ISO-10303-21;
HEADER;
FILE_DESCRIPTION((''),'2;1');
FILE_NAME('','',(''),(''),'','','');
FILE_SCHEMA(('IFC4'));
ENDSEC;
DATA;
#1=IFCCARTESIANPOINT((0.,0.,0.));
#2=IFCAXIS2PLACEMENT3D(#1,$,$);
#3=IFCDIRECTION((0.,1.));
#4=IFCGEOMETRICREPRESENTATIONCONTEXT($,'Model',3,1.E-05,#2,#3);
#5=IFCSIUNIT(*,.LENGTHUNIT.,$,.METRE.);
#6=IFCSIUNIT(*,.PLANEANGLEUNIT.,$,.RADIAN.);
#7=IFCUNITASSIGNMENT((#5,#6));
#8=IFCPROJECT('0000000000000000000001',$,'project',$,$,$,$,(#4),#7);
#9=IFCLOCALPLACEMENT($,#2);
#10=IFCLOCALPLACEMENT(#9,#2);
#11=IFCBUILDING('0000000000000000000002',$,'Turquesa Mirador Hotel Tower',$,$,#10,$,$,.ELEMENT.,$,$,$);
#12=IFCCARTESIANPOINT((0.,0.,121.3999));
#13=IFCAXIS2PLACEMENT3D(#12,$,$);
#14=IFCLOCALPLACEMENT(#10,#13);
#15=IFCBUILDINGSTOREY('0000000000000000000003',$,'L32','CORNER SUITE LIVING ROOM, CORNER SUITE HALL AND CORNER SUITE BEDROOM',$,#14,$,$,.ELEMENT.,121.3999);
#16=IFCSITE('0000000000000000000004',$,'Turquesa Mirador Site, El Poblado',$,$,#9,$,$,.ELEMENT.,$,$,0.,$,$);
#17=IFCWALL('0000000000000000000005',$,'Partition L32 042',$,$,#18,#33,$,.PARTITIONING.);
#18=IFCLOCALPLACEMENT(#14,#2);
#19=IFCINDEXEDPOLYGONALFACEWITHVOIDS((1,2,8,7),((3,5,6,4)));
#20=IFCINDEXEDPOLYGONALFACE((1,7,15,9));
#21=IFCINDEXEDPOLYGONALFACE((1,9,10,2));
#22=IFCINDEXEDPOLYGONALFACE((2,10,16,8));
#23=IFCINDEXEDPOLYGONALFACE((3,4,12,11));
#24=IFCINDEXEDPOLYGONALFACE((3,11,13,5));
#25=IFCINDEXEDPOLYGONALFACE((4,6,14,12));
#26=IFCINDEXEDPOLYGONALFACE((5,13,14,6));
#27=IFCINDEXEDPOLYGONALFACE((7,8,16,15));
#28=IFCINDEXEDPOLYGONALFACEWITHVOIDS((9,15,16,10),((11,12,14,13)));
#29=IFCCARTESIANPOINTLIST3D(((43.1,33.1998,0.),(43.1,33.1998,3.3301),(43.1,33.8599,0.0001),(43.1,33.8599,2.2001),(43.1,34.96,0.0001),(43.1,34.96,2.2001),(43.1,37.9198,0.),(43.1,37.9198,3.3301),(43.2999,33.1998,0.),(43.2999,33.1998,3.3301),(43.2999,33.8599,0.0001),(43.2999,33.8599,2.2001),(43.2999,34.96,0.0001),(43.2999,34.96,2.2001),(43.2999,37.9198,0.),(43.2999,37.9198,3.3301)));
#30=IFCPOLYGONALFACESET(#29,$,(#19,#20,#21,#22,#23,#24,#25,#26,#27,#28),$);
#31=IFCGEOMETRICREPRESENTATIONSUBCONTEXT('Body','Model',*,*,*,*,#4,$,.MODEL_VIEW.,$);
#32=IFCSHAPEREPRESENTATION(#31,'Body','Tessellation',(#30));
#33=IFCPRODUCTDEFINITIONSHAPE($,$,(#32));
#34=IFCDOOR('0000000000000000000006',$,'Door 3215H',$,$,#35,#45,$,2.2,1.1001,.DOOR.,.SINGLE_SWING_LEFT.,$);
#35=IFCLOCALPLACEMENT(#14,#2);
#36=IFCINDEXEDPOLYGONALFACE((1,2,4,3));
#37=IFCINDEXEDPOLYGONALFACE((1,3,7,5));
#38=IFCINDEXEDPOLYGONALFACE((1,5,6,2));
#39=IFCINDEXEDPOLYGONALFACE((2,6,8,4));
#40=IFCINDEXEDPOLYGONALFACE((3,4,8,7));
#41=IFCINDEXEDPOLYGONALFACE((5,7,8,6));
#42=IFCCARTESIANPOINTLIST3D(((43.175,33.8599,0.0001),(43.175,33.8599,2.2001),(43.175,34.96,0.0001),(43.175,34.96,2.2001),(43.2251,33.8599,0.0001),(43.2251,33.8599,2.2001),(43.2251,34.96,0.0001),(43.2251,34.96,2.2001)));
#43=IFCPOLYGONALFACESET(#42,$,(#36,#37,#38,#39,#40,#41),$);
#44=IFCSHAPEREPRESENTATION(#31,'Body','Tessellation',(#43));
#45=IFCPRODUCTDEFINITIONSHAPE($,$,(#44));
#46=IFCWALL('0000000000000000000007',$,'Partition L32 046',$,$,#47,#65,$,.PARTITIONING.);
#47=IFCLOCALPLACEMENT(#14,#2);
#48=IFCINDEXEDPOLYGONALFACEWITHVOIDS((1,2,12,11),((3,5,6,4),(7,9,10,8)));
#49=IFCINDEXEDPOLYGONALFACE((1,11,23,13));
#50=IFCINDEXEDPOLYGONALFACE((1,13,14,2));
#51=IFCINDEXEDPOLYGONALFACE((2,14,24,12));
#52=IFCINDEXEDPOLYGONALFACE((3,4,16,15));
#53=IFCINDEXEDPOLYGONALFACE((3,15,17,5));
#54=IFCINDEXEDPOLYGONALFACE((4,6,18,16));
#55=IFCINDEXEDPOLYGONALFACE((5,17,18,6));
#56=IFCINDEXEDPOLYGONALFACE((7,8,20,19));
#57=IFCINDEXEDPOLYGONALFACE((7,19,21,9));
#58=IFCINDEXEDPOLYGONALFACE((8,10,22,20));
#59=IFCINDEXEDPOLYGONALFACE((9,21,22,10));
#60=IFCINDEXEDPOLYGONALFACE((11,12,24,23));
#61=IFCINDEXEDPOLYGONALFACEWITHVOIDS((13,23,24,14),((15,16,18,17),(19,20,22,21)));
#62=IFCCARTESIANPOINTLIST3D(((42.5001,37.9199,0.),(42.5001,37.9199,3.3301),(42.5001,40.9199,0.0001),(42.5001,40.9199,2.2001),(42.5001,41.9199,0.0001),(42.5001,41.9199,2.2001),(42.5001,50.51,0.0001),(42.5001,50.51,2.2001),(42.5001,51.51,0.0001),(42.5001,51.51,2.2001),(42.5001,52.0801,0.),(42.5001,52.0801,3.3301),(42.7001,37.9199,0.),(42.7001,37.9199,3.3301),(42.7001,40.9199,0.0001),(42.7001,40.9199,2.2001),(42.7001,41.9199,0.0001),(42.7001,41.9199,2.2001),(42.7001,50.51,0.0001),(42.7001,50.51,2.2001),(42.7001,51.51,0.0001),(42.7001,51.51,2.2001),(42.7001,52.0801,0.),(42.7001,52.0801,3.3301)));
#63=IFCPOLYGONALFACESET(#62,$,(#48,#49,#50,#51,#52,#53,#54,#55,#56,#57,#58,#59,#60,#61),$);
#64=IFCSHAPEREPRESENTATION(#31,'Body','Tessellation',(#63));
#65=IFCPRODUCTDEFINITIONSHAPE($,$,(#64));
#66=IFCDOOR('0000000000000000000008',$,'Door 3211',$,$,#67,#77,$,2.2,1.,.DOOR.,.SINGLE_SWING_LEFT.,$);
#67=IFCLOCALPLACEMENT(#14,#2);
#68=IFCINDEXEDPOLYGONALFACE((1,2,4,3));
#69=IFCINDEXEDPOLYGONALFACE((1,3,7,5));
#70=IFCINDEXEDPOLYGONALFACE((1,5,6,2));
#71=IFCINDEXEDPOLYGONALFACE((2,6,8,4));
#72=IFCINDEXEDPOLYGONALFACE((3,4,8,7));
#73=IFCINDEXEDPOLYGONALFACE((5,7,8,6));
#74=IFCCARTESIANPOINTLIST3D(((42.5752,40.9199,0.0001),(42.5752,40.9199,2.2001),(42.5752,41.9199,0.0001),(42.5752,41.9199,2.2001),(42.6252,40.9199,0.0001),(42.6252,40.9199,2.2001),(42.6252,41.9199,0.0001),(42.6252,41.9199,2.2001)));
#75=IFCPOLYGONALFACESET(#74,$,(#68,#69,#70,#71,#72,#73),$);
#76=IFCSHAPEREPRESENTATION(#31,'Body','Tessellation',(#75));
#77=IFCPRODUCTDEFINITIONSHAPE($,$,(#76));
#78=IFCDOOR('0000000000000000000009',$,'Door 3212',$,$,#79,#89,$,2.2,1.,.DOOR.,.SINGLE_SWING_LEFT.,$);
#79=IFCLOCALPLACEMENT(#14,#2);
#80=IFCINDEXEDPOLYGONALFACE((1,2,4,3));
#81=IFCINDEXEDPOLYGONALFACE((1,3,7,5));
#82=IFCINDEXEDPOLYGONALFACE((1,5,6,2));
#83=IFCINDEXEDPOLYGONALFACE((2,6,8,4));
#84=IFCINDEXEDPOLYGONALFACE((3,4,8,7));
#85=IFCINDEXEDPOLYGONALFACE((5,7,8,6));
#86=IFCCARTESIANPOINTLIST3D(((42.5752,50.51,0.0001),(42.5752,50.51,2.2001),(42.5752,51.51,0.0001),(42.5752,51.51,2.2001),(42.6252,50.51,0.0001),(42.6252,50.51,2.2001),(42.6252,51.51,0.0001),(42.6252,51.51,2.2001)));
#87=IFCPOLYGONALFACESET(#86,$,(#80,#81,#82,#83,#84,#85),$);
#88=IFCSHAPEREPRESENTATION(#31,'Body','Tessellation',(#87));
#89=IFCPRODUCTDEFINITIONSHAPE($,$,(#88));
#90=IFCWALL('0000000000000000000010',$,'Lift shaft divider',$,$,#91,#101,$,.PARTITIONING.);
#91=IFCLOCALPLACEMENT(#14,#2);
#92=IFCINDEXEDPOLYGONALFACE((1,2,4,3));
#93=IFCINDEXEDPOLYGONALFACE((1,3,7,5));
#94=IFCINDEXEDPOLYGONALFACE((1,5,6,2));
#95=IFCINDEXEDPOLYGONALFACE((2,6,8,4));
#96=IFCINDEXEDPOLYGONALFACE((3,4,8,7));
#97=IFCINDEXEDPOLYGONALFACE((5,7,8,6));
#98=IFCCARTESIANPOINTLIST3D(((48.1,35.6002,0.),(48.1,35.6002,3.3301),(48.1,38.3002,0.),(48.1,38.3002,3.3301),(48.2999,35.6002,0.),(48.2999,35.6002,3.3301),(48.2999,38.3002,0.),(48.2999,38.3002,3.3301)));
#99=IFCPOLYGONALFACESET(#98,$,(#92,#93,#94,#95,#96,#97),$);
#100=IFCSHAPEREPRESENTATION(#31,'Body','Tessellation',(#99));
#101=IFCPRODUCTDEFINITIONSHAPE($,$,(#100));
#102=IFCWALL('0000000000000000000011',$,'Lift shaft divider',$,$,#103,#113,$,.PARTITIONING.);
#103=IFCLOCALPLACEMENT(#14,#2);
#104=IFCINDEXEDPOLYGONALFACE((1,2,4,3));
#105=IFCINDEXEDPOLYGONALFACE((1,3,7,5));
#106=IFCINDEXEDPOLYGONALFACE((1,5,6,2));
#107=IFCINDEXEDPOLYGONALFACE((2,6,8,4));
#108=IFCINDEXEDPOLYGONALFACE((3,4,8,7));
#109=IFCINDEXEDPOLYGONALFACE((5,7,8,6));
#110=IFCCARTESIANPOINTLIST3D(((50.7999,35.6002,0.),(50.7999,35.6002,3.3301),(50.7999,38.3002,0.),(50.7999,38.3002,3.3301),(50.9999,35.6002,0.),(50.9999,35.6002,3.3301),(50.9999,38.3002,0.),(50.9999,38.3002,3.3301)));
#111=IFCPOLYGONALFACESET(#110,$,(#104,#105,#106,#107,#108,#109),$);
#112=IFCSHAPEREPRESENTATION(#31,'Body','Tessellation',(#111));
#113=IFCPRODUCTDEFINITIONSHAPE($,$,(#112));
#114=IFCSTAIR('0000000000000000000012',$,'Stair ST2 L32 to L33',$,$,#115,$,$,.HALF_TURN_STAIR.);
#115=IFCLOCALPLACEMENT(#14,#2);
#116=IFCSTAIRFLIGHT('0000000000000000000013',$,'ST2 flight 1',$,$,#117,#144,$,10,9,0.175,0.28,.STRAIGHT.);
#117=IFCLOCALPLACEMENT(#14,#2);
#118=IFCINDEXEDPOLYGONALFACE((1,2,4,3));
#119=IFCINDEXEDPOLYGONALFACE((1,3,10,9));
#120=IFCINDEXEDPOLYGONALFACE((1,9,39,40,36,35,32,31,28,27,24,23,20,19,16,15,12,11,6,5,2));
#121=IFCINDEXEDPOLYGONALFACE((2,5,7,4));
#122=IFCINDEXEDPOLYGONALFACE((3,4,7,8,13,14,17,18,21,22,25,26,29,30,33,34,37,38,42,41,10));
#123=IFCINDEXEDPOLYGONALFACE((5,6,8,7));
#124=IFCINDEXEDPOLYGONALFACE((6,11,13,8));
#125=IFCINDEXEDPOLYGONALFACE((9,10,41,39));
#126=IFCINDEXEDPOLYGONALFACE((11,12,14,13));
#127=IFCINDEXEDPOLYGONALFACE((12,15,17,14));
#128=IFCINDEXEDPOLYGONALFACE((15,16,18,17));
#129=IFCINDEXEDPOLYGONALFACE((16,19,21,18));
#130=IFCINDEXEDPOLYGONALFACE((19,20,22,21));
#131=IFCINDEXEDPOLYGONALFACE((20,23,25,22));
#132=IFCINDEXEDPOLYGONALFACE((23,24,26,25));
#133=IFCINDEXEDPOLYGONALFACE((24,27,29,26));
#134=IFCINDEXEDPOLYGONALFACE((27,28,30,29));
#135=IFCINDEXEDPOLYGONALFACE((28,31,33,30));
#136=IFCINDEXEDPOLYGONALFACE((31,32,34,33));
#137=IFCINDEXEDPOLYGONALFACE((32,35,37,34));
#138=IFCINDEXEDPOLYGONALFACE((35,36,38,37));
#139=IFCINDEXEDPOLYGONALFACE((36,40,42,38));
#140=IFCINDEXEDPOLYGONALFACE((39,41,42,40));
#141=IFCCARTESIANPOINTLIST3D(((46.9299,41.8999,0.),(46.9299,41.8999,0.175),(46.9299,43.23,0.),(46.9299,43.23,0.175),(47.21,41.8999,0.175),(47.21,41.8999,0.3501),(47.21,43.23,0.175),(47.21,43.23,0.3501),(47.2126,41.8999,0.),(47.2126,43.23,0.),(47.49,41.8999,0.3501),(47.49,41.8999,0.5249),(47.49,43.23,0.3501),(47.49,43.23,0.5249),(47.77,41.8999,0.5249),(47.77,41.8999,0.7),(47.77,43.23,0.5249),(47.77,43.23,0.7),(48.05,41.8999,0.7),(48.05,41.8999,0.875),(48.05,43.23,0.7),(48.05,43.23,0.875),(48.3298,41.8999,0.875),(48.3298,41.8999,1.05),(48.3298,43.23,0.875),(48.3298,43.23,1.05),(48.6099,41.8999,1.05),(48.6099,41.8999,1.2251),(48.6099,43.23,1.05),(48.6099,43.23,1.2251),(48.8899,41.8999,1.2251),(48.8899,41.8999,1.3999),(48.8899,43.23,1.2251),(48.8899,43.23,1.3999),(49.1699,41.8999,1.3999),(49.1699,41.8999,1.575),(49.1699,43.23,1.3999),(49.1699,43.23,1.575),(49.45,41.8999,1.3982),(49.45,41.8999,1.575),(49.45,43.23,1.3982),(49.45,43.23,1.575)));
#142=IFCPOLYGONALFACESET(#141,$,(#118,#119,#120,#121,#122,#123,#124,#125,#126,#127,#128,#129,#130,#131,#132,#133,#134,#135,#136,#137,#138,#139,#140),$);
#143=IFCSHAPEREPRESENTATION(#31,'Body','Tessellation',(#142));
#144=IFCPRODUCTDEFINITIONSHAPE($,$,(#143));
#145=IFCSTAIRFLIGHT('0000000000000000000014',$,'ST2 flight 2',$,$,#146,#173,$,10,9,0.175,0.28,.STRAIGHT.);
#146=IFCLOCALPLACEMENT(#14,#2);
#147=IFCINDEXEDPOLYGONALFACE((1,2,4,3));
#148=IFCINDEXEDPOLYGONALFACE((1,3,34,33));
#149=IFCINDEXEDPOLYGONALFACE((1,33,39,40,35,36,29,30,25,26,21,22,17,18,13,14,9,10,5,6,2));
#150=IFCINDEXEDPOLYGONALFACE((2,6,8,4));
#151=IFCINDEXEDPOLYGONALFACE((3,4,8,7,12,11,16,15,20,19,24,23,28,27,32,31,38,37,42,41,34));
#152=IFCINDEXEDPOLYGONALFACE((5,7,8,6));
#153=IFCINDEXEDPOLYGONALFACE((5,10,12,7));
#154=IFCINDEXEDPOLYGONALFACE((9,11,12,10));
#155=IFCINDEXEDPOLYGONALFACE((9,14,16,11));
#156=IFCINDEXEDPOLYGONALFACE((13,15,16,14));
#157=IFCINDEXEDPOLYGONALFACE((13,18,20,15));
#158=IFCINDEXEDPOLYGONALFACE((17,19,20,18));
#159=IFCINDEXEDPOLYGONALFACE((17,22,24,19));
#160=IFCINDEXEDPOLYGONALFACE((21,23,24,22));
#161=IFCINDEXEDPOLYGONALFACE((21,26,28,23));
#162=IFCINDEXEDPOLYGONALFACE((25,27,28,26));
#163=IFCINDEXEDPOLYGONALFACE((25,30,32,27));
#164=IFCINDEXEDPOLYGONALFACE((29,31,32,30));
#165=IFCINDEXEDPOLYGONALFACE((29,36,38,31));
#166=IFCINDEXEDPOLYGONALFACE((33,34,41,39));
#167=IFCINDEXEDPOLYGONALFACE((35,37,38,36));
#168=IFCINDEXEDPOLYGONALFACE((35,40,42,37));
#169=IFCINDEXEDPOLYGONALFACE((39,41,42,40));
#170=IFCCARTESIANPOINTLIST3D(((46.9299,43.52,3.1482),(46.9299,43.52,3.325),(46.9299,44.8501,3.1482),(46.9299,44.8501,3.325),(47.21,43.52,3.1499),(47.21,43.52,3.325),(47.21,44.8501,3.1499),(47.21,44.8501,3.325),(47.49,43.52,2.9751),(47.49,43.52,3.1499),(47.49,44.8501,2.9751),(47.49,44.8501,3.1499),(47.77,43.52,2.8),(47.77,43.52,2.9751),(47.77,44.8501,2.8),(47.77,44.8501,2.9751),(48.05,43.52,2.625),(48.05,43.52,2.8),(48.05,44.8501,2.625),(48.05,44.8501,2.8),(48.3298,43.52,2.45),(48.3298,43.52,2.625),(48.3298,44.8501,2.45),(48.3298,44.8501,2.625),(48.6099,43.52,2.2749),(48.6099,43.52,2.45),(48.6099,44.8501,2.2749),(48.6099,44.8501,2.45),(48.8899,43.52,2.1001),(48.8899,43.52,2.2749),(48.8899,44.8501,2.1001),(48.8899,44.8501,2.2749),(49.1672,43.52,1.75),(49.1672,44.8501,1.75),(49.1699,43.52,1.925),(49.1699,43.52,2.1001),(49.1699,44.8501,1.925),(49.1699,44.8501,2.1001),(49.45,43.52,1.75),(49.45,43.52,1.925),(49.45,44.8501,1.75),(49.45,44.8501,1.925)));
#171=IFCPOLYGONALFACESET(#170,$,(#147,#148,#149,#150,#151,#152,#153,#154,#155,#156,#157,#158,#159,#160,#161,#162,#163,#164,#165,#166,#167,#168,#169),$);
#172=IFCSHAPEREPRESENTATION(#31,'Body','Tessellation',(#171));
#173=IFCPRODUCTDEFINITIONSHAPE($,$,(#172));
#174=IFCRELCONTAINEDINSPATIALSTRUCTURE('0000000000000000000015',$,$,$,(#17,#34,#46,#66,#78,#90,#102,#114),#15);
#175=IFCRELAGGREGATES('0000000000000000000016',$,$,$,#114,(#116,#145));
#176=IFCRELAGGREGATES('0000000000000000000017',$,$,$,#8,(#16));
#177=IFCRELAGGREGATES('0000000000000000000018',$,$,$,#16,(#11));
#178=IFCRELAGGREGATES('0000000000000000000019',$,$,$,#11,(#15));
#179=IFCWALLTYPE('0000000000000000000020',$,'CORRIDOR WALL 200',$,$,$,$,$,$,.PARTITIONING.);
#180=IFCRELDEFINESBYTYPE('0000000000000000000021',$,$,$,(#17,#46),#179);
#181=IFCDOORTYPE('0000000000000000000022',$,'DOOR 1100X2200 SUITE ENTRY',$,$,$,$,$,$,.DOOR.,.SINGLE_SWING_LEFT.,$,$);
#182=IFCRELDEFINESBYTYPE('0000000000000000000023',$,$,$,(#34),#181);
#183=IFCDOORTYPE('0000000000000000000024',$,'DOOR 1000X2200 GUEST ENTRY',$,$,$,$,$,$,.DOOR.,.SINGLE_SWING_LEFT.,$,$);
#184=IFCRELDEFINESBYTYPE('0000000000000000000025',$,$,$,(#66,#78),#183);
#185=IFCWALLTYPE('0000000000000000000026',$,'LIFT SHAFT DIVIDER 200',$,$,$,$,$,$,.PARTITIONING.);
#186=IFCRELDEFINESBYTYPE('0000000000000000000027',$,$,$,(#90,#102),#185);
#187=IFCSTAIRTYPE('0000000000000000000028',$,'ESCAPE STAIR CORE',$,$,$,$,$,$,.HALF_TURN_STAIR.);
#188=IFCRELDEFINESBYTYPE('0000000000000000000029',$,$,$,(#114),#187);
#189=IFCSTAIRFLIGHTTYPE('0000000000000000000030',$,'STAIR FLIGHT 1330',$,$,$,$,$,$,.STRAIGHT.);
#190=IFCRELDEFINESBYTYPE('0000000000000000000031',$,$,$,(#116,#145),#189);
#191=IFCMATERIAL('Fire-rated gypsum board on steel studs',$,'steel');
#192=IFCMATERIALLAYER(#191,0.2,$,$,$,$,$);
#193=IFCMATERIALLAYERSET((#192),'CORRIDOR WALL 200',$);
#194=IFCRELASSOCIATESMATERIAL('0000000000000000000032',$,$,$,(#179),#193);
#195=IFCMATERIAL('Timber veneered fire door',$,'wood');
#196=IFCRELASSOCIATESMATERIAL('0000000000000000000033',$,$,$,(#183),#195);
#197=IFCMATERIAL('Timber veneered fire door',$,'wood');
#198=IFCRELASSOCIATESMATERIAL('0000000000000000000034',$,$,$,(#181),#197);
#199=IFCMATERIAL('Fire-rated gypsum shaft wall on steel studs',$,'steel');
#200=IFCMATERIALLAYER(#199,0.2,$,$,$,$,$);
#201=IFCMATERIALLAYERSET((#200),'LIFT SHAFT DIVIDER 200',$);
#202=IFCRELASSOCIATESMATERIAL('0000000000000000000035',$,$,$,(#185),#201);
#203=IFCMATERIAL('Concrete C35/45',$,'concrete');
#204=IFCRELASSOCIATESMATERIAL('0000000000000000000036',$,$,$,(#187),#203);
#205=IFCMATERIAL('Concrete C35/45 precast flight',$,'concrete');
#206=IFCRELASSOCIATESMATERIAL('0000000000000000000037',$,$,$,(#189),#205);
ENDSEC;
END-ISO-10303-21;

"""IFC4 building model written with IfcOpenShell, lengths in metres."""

from ifc_helpers import new_model, si_unit, direction, frame, frame_2d, origin, place, context, subcontext, project, spatial, polyline, rectangle, outline, extrude, material, layer, layer_set, type_object, element, fill, aggregate, save


model = new_model("IFC4")

# Units and contexts
model_context = context("Model", 3, precision=1e-05, world=origin(), true_north=direction((0.0, 1.0)))
body_context = subcontext(model_context, "Body", "Model", "MODEL_VIEW")
ifc_project = project(units=[si_unit("LENGTHUNIT", "METRE"), si_unit("PLANEANGLEUNIT", "RADIAN")], contexts=[model_context])

# Site, building, storey
site_placement = place(None, origin())
site = spatial("IfcSite", under=ifc_project, at=site_placement, Name="Turquesa Mirador Site, El Poblado", CompositionType="ELEMENT", RefElevation=0.0)
building_placement = place(site_placement, origin())
building = spatial("IfcBuilding", under=site, at=building_placement, Name="Turquesa Mirador Hotel Tower", CompositionType="ELEMENT")
storey_placement = place(building_placement, frame((0.0, 0.0, 121.3999)))
storey = spatial("IfcBuildingStorey", under=building, at=storey_placement, Name="L32", Description="CORNER SUITE LIVING ROOM, CORNER SUITE HALL AND CORNER SUITE BEDROOM", CompositionType="ELEMENT", Elevation=121.3999)

# Shared definitions
ifc_material_1 = material(Name="Fire-rated gypsum board on steel studs", Category="steel")
ifc_layer_1 = layer(ifc_material_1, 0.2)
ifc_layer_set_1 = layer_set([ifc_layer_1], Name="CORRIDOR WALL 200")
wall_type_1 = type_object("IfcWallType", Name="CORRIDOR WALL 200", PredefinedType="PARTITIONING", material=ifc_layer_set_1)
ifc_material_2 = material(Name="Timber veneered fire door", Category="wood")
door_type_1 = type_object("IfcDoorType", Name="DOOR 1000X2200 GUEST ENTRY", OperationType="SINGLE_SWING_LEFT", PredefinedType="DOOR", material=ifc_material_2)
ifc_material_3 = material(Name="Timber veneered fire door", Category="wood")
door_type_2 = type_object("IfcDoorType", Name="DOOR 1100X2200 SUITE ENTRY", OperationType="SINGLE_SWING_LEFT", PredefinedType="DOOR", material=ifc_material_3)

# Wall, opening, door
wall_1_placement = place(storey_placement, frame((43.2, 33.2, 0.0), z_axis=(0.0, 0.0, 1.0), x_axis=(0.0, 1.0, 0.0)))
wall_1 = element("IfcWall", 1, at=wall_1_placement, inside=storey, type_object=wall_type_1, Name="Partition L32 042", PredefinedType="PARTITIONING", context=body_context, shape_type="SweptSolid", body=[
    extrude(rectangle(XDim=4.72, YDim=0.2, at=frame_2d((2.3599, 0.0))), origin(), (0.0, 0.0, 1.0), 3.3301),
])
opening_1_placement = place(wall_1_placement, frame((0.6599, 0.0, 0.0)))
opening_1 = element("IfcOpeningElement", 2, at=opening_1_placement, cuts=wall_1, PredefinedType="OPENING", context=body_context, shape_type="SweptSolid", body=[
    extrude(rectangle(XDim=1.1001, YDim=2.2, at=frame_2d((0.55, 1.1001))), frame((0.0, 0.1099, 0.0), z_axis=(0.0, -1.0, 0.0), x_axis=(1.0, 0.0, 0.0)), (0.0, 0.0, 1.0), 0.22),
])
door_1_placement = place(opening_1_placement, origin())
door_1 = element("IfcDoor", 3, at=door_1_placement, inside=storey, type_object=door_type_2, Name="Door 3215H", OperationType="SINGLE_SWING_LEFT", OverallHeight=2.2, OverallWidth=1.1001, PredefinedType="DOOR", context=body_context, shape_type="SweptSolid", body=[
    extrude(rectangle(XDim=1.1001, YDim=2.2, at=frame_2d((0.55, 1.1001))), frame((0.0, 0.0249, 0.0), z_axis=(0.0, -1.0, 0.0), x_axis=(1.0, 0.0, 0.0)), (0.0, 0.0, 1.0), 0.05),
])
fill(opening_1, door_1)

# Wall, openings, doors
wall_2_placement = place(storey_placement, frame((42.6001, 37.9199, 0.0), z_axis=(0.0, 0.0, 1.0), x_axis=(0.0, 1.0, 0.0)))
wall_2 = element("IfcWall", 4, at=wall_2_placement, inside=storey, type_object=wall_type_1, Name="Partition L32 046", PredefinedType="PARTITIONING", context=body_context, shape_type="SweptSolid", body=[
    extrude(rectangle(XDim=14.1602, YDim=0.2, at=frame_2d((7.0801, 0.0))), origin(), (0.0, 0.0, 1.0), 3.3301),
])
opening_2_placement = place(wall_2_placement, frame((3.0, 0.0, 0.0)))
opening_2 = element("IfcOpeningElement", 5, at=opening_2_placement, cuts=wall_2, PredefinedType="OPENING", context=body_context, shape_type="SweptSolid", body=[
    extrude(rectangle(XDim=1.0, YDim=2.2, at=frame_2d((0.5, 1.1001))), frame((0.0, 0.1099, 0.0), z_axis=(0.0, -1.0, 0.0), x_axis=(1.0, 0.0, 0.0)), (0.0, 0.0, 1.0), 0.22),
])
opening_3_placement = place(wall_2_placement, frame((12.5901, 0.0, 0.0)))
opening_3 = element("IfcOpeningElement", 6, at=opening_3_placement, cuts=wall_2, PredefinedType="OPENING", context=body_context, shape_type="SweptSolid", body=[
    extrude(rectangle(XDim=1.0, YDim=2.2, at=frame_2d((0.5, 1.1001))), frame((0.0, 0.1099, 0.0), z_axis=(0.0, -1.0, 0.0), x_axis=(1.0, 0.0, 0.0)), (0.0, 0.0, 1.0), 0.22),
])
door_2_placement = place(opening_2_placement, origin())
door_2 = element("IfcDoor", 7, at=door_2_placement, inside=storey, type_object=door_type_1, Name="Door 3211", OperationType="SINGLE_SWING_LEFT", OverallHeight=2.2, OverallWidth=1.0, PredefinedType="DOOR", context=body_context, shape_type="SweptSolid", body=[
    extrude(rectangle(XDim=1.0, YDim=2.2, at=frame_2d((0.5, 1.1001))), frame((0.0, 0.0249, 0.0), z_axis=(0.0, -1.0, 0.0), x_axis=(1.0, 0.0, 0.0)), (0.0, 0.0, 1.0), 0.05),
])
fill(opening_2, door_2)
door_3_placement = place(opening_3_placement, origin())
door_3 = element("IfcDoor", 8, at=door_3_placement, inside=storey, type_object=door_type_1, Name="Door 3212", OperationType="SINGLE_SWING_LEFT", OverallHeight=2.2, OverallWidth=1.0, PredefinedType="DOOR", context=body_context, shape_type="SweptSolid", body=[
    extrude(rectangle(XDim=1.0, YDim=2.2, at=frame_2d((0.5, 1.1001))), frame((0.0, 0.0249, 0.0), z_axis=(0.0, -1.0, 0.0), x_axis=(1.0, 0.0, 0.0)), (0.0, 0.0, 1.0), 0.05),
])
fill(opening_3, door_3)

# Walls
ifc_material_4 = material(Name="Fire-rated gypsum shaft wall on steel studs", Category="steel")
ifc_layer_2 = layer(ifc_material_4, 0.2)
ifc_layer_set_2 = layer_set([ifc_layer_2], Name="LIFT SHAFT DIVIDER 200")
wall_type_2 = type_object("IfcWallType", Name="LIFT SHAFT DIVIDER 200", PredefinedType="PARTITIONING", material=ifc_layer_set_2)
for number, where, z_axis, x_axis, name in (
    (9, (48.2, 35.6001, 0.0), (0.0, 0.0, 1.0), (0.0, 1.0, 0.0), "Lift shaft divider"),
    (10, (50.8999, 35.6001, 0.0), (0.0, 0.0, 1.0), (0.0, 1.0, 0.0), "Lift shaft divider"),
):
    element("IfcWall", number, at=place(storey_placement, frame(where, z_axis=z_axis, x_axis=x_axis)), inside=storey, type_object=wall_type_2, Name=name, PredefinedType="PARTITIONING", context=body_context, shape_type="SweptSolid", body=[
        extrude(rectangle(XDim=2.7, YDim=0.2, at=frame_2d((1.3501, 0.0))), origin(), (0.0, 0.0, 1.0), 3.3301),
    ])

# Stair, stair flights
ifc_material_5 = material(Name="Concrete C35/45", Category="concrete")
stair_type = type_object("IfcStairType", Name="ESCAPE STAIR CORE", PredefinedType="HALF_TURN_STAIR", material=ifc_material_5)
stair_placement = place(storey_placement, origin())
stair = element("IfcStair", 11, at=stair_placement, inside=storey, type_object=stair_type, Name="Stair ST2 L32 to L33", PredefinedType="HALF_TURN_STAIR")
ifc_material_6 = material(Name="Concrete C35/45 precast flight", Category="concrete")
stair_flight_type = type_object("IfcStairFlightType", Name="STAIR FLIGHT 1330", PredefinedType="STRAIGHT", material=ifc_material_6)
stair_flight_1_placement = place(storey_placement, frame((46.9299, 42.5649, 0.0), z_axis=(0.0, 0.0, 1.0), x_axis=(1.0, 0.0, 0.0)))
stair_flight_1 = element("IfcStairFlight", 12, at=stair_flight_1_placement, type_object=stair_flight_type, Name="ST2 flight 1", NumberOfRisers=10, NumberOfTreads=9, PredefinedType="STRAIGHT", RiserHeight=0.175, TreadLength=0.28, context=body_context, shape_type="SweptSolid", body=[
    extrude(outline(polyline([(0.0, 0.0), (0.0, 0.175), (0.28, 0.175), (0.28, 0.3501), (0.5601, 0.3501), (0.5601, 0.5249), (0.8401, 0.5249), (0.8401, 0.7), (1.1201, 0.7), (1.1201, 0.875), (1.3999, 0.875), (1.3999, 1.05), (1.6799, 1.05), (1.6799, 1.2251), (1.96, 1.2251), (1.96, 1.3999), (2.24, 1.3999), (2.24, 1.575), (2.52, 1.575), (2.52, 1.75), (2.52, 1.3982), (0.2827, 0.0), (0.0, 0.0)])), frame((0.0, 0.665, 0.0), z_axis=(0.0, -1.0, 0.0), x_axis=(1.0, 0.0, 0.0)), (0.0, 0.0, 1.0), 1.3301),
])
stair_flight_2_placement = place(storey_placement, frame((49.45, 44.1851, 1.75), z_axis=(0.0, 0.0, 1.0), x_axis=(-1.0, 0.0, 0.0)))
stair_flight_2 = element("IfcStairFlight", 13, at=stair_flight_2_placement, type_object=stair_flight_type, Name="ST2 flight 2", NumberOfRisers=10, NumberOfTreads=9, PredefinedType="STRAIGHT", RiserHeight=0.175, TreadLength=0.28, context=body_context, shape_type="SweptSolid", body=[
    extrude(outline(polyline([(0.0, 0.0), (0.0, 0.175), (0.28, 0.175), (0.28, 0.3501), (0.5601, 0.3501), (0.5601, 0.5249), (0.8401, 0.5249), (0.8401, 0.7), (1.1201, 0.7), (1.1201, 0.875), (1.3999, 0.875), (1.3999, 1.05), (1.6799, 1.05), (1.6799, 1.2251), (1.96, 1.2251), (1.96, 1.3999), (2.24, 1.3999), (2.24, 1.575), (2.52, 1.575), (2.52, 1.75), (2.52, 1.3982), (0.2827, 0.0), (0.0, 0.0)])), frame((0.0, 0.665, 0.0), z_axis=(0.0, -1.0, 0.0), x_axis=(1.0, 0.0, 0.0)), (0.0, 0.0, 1.0), 1.3301),
])
aggregate(stair, [stair_flight_1, stair_flight_2])

save(model, "model.ifc")
